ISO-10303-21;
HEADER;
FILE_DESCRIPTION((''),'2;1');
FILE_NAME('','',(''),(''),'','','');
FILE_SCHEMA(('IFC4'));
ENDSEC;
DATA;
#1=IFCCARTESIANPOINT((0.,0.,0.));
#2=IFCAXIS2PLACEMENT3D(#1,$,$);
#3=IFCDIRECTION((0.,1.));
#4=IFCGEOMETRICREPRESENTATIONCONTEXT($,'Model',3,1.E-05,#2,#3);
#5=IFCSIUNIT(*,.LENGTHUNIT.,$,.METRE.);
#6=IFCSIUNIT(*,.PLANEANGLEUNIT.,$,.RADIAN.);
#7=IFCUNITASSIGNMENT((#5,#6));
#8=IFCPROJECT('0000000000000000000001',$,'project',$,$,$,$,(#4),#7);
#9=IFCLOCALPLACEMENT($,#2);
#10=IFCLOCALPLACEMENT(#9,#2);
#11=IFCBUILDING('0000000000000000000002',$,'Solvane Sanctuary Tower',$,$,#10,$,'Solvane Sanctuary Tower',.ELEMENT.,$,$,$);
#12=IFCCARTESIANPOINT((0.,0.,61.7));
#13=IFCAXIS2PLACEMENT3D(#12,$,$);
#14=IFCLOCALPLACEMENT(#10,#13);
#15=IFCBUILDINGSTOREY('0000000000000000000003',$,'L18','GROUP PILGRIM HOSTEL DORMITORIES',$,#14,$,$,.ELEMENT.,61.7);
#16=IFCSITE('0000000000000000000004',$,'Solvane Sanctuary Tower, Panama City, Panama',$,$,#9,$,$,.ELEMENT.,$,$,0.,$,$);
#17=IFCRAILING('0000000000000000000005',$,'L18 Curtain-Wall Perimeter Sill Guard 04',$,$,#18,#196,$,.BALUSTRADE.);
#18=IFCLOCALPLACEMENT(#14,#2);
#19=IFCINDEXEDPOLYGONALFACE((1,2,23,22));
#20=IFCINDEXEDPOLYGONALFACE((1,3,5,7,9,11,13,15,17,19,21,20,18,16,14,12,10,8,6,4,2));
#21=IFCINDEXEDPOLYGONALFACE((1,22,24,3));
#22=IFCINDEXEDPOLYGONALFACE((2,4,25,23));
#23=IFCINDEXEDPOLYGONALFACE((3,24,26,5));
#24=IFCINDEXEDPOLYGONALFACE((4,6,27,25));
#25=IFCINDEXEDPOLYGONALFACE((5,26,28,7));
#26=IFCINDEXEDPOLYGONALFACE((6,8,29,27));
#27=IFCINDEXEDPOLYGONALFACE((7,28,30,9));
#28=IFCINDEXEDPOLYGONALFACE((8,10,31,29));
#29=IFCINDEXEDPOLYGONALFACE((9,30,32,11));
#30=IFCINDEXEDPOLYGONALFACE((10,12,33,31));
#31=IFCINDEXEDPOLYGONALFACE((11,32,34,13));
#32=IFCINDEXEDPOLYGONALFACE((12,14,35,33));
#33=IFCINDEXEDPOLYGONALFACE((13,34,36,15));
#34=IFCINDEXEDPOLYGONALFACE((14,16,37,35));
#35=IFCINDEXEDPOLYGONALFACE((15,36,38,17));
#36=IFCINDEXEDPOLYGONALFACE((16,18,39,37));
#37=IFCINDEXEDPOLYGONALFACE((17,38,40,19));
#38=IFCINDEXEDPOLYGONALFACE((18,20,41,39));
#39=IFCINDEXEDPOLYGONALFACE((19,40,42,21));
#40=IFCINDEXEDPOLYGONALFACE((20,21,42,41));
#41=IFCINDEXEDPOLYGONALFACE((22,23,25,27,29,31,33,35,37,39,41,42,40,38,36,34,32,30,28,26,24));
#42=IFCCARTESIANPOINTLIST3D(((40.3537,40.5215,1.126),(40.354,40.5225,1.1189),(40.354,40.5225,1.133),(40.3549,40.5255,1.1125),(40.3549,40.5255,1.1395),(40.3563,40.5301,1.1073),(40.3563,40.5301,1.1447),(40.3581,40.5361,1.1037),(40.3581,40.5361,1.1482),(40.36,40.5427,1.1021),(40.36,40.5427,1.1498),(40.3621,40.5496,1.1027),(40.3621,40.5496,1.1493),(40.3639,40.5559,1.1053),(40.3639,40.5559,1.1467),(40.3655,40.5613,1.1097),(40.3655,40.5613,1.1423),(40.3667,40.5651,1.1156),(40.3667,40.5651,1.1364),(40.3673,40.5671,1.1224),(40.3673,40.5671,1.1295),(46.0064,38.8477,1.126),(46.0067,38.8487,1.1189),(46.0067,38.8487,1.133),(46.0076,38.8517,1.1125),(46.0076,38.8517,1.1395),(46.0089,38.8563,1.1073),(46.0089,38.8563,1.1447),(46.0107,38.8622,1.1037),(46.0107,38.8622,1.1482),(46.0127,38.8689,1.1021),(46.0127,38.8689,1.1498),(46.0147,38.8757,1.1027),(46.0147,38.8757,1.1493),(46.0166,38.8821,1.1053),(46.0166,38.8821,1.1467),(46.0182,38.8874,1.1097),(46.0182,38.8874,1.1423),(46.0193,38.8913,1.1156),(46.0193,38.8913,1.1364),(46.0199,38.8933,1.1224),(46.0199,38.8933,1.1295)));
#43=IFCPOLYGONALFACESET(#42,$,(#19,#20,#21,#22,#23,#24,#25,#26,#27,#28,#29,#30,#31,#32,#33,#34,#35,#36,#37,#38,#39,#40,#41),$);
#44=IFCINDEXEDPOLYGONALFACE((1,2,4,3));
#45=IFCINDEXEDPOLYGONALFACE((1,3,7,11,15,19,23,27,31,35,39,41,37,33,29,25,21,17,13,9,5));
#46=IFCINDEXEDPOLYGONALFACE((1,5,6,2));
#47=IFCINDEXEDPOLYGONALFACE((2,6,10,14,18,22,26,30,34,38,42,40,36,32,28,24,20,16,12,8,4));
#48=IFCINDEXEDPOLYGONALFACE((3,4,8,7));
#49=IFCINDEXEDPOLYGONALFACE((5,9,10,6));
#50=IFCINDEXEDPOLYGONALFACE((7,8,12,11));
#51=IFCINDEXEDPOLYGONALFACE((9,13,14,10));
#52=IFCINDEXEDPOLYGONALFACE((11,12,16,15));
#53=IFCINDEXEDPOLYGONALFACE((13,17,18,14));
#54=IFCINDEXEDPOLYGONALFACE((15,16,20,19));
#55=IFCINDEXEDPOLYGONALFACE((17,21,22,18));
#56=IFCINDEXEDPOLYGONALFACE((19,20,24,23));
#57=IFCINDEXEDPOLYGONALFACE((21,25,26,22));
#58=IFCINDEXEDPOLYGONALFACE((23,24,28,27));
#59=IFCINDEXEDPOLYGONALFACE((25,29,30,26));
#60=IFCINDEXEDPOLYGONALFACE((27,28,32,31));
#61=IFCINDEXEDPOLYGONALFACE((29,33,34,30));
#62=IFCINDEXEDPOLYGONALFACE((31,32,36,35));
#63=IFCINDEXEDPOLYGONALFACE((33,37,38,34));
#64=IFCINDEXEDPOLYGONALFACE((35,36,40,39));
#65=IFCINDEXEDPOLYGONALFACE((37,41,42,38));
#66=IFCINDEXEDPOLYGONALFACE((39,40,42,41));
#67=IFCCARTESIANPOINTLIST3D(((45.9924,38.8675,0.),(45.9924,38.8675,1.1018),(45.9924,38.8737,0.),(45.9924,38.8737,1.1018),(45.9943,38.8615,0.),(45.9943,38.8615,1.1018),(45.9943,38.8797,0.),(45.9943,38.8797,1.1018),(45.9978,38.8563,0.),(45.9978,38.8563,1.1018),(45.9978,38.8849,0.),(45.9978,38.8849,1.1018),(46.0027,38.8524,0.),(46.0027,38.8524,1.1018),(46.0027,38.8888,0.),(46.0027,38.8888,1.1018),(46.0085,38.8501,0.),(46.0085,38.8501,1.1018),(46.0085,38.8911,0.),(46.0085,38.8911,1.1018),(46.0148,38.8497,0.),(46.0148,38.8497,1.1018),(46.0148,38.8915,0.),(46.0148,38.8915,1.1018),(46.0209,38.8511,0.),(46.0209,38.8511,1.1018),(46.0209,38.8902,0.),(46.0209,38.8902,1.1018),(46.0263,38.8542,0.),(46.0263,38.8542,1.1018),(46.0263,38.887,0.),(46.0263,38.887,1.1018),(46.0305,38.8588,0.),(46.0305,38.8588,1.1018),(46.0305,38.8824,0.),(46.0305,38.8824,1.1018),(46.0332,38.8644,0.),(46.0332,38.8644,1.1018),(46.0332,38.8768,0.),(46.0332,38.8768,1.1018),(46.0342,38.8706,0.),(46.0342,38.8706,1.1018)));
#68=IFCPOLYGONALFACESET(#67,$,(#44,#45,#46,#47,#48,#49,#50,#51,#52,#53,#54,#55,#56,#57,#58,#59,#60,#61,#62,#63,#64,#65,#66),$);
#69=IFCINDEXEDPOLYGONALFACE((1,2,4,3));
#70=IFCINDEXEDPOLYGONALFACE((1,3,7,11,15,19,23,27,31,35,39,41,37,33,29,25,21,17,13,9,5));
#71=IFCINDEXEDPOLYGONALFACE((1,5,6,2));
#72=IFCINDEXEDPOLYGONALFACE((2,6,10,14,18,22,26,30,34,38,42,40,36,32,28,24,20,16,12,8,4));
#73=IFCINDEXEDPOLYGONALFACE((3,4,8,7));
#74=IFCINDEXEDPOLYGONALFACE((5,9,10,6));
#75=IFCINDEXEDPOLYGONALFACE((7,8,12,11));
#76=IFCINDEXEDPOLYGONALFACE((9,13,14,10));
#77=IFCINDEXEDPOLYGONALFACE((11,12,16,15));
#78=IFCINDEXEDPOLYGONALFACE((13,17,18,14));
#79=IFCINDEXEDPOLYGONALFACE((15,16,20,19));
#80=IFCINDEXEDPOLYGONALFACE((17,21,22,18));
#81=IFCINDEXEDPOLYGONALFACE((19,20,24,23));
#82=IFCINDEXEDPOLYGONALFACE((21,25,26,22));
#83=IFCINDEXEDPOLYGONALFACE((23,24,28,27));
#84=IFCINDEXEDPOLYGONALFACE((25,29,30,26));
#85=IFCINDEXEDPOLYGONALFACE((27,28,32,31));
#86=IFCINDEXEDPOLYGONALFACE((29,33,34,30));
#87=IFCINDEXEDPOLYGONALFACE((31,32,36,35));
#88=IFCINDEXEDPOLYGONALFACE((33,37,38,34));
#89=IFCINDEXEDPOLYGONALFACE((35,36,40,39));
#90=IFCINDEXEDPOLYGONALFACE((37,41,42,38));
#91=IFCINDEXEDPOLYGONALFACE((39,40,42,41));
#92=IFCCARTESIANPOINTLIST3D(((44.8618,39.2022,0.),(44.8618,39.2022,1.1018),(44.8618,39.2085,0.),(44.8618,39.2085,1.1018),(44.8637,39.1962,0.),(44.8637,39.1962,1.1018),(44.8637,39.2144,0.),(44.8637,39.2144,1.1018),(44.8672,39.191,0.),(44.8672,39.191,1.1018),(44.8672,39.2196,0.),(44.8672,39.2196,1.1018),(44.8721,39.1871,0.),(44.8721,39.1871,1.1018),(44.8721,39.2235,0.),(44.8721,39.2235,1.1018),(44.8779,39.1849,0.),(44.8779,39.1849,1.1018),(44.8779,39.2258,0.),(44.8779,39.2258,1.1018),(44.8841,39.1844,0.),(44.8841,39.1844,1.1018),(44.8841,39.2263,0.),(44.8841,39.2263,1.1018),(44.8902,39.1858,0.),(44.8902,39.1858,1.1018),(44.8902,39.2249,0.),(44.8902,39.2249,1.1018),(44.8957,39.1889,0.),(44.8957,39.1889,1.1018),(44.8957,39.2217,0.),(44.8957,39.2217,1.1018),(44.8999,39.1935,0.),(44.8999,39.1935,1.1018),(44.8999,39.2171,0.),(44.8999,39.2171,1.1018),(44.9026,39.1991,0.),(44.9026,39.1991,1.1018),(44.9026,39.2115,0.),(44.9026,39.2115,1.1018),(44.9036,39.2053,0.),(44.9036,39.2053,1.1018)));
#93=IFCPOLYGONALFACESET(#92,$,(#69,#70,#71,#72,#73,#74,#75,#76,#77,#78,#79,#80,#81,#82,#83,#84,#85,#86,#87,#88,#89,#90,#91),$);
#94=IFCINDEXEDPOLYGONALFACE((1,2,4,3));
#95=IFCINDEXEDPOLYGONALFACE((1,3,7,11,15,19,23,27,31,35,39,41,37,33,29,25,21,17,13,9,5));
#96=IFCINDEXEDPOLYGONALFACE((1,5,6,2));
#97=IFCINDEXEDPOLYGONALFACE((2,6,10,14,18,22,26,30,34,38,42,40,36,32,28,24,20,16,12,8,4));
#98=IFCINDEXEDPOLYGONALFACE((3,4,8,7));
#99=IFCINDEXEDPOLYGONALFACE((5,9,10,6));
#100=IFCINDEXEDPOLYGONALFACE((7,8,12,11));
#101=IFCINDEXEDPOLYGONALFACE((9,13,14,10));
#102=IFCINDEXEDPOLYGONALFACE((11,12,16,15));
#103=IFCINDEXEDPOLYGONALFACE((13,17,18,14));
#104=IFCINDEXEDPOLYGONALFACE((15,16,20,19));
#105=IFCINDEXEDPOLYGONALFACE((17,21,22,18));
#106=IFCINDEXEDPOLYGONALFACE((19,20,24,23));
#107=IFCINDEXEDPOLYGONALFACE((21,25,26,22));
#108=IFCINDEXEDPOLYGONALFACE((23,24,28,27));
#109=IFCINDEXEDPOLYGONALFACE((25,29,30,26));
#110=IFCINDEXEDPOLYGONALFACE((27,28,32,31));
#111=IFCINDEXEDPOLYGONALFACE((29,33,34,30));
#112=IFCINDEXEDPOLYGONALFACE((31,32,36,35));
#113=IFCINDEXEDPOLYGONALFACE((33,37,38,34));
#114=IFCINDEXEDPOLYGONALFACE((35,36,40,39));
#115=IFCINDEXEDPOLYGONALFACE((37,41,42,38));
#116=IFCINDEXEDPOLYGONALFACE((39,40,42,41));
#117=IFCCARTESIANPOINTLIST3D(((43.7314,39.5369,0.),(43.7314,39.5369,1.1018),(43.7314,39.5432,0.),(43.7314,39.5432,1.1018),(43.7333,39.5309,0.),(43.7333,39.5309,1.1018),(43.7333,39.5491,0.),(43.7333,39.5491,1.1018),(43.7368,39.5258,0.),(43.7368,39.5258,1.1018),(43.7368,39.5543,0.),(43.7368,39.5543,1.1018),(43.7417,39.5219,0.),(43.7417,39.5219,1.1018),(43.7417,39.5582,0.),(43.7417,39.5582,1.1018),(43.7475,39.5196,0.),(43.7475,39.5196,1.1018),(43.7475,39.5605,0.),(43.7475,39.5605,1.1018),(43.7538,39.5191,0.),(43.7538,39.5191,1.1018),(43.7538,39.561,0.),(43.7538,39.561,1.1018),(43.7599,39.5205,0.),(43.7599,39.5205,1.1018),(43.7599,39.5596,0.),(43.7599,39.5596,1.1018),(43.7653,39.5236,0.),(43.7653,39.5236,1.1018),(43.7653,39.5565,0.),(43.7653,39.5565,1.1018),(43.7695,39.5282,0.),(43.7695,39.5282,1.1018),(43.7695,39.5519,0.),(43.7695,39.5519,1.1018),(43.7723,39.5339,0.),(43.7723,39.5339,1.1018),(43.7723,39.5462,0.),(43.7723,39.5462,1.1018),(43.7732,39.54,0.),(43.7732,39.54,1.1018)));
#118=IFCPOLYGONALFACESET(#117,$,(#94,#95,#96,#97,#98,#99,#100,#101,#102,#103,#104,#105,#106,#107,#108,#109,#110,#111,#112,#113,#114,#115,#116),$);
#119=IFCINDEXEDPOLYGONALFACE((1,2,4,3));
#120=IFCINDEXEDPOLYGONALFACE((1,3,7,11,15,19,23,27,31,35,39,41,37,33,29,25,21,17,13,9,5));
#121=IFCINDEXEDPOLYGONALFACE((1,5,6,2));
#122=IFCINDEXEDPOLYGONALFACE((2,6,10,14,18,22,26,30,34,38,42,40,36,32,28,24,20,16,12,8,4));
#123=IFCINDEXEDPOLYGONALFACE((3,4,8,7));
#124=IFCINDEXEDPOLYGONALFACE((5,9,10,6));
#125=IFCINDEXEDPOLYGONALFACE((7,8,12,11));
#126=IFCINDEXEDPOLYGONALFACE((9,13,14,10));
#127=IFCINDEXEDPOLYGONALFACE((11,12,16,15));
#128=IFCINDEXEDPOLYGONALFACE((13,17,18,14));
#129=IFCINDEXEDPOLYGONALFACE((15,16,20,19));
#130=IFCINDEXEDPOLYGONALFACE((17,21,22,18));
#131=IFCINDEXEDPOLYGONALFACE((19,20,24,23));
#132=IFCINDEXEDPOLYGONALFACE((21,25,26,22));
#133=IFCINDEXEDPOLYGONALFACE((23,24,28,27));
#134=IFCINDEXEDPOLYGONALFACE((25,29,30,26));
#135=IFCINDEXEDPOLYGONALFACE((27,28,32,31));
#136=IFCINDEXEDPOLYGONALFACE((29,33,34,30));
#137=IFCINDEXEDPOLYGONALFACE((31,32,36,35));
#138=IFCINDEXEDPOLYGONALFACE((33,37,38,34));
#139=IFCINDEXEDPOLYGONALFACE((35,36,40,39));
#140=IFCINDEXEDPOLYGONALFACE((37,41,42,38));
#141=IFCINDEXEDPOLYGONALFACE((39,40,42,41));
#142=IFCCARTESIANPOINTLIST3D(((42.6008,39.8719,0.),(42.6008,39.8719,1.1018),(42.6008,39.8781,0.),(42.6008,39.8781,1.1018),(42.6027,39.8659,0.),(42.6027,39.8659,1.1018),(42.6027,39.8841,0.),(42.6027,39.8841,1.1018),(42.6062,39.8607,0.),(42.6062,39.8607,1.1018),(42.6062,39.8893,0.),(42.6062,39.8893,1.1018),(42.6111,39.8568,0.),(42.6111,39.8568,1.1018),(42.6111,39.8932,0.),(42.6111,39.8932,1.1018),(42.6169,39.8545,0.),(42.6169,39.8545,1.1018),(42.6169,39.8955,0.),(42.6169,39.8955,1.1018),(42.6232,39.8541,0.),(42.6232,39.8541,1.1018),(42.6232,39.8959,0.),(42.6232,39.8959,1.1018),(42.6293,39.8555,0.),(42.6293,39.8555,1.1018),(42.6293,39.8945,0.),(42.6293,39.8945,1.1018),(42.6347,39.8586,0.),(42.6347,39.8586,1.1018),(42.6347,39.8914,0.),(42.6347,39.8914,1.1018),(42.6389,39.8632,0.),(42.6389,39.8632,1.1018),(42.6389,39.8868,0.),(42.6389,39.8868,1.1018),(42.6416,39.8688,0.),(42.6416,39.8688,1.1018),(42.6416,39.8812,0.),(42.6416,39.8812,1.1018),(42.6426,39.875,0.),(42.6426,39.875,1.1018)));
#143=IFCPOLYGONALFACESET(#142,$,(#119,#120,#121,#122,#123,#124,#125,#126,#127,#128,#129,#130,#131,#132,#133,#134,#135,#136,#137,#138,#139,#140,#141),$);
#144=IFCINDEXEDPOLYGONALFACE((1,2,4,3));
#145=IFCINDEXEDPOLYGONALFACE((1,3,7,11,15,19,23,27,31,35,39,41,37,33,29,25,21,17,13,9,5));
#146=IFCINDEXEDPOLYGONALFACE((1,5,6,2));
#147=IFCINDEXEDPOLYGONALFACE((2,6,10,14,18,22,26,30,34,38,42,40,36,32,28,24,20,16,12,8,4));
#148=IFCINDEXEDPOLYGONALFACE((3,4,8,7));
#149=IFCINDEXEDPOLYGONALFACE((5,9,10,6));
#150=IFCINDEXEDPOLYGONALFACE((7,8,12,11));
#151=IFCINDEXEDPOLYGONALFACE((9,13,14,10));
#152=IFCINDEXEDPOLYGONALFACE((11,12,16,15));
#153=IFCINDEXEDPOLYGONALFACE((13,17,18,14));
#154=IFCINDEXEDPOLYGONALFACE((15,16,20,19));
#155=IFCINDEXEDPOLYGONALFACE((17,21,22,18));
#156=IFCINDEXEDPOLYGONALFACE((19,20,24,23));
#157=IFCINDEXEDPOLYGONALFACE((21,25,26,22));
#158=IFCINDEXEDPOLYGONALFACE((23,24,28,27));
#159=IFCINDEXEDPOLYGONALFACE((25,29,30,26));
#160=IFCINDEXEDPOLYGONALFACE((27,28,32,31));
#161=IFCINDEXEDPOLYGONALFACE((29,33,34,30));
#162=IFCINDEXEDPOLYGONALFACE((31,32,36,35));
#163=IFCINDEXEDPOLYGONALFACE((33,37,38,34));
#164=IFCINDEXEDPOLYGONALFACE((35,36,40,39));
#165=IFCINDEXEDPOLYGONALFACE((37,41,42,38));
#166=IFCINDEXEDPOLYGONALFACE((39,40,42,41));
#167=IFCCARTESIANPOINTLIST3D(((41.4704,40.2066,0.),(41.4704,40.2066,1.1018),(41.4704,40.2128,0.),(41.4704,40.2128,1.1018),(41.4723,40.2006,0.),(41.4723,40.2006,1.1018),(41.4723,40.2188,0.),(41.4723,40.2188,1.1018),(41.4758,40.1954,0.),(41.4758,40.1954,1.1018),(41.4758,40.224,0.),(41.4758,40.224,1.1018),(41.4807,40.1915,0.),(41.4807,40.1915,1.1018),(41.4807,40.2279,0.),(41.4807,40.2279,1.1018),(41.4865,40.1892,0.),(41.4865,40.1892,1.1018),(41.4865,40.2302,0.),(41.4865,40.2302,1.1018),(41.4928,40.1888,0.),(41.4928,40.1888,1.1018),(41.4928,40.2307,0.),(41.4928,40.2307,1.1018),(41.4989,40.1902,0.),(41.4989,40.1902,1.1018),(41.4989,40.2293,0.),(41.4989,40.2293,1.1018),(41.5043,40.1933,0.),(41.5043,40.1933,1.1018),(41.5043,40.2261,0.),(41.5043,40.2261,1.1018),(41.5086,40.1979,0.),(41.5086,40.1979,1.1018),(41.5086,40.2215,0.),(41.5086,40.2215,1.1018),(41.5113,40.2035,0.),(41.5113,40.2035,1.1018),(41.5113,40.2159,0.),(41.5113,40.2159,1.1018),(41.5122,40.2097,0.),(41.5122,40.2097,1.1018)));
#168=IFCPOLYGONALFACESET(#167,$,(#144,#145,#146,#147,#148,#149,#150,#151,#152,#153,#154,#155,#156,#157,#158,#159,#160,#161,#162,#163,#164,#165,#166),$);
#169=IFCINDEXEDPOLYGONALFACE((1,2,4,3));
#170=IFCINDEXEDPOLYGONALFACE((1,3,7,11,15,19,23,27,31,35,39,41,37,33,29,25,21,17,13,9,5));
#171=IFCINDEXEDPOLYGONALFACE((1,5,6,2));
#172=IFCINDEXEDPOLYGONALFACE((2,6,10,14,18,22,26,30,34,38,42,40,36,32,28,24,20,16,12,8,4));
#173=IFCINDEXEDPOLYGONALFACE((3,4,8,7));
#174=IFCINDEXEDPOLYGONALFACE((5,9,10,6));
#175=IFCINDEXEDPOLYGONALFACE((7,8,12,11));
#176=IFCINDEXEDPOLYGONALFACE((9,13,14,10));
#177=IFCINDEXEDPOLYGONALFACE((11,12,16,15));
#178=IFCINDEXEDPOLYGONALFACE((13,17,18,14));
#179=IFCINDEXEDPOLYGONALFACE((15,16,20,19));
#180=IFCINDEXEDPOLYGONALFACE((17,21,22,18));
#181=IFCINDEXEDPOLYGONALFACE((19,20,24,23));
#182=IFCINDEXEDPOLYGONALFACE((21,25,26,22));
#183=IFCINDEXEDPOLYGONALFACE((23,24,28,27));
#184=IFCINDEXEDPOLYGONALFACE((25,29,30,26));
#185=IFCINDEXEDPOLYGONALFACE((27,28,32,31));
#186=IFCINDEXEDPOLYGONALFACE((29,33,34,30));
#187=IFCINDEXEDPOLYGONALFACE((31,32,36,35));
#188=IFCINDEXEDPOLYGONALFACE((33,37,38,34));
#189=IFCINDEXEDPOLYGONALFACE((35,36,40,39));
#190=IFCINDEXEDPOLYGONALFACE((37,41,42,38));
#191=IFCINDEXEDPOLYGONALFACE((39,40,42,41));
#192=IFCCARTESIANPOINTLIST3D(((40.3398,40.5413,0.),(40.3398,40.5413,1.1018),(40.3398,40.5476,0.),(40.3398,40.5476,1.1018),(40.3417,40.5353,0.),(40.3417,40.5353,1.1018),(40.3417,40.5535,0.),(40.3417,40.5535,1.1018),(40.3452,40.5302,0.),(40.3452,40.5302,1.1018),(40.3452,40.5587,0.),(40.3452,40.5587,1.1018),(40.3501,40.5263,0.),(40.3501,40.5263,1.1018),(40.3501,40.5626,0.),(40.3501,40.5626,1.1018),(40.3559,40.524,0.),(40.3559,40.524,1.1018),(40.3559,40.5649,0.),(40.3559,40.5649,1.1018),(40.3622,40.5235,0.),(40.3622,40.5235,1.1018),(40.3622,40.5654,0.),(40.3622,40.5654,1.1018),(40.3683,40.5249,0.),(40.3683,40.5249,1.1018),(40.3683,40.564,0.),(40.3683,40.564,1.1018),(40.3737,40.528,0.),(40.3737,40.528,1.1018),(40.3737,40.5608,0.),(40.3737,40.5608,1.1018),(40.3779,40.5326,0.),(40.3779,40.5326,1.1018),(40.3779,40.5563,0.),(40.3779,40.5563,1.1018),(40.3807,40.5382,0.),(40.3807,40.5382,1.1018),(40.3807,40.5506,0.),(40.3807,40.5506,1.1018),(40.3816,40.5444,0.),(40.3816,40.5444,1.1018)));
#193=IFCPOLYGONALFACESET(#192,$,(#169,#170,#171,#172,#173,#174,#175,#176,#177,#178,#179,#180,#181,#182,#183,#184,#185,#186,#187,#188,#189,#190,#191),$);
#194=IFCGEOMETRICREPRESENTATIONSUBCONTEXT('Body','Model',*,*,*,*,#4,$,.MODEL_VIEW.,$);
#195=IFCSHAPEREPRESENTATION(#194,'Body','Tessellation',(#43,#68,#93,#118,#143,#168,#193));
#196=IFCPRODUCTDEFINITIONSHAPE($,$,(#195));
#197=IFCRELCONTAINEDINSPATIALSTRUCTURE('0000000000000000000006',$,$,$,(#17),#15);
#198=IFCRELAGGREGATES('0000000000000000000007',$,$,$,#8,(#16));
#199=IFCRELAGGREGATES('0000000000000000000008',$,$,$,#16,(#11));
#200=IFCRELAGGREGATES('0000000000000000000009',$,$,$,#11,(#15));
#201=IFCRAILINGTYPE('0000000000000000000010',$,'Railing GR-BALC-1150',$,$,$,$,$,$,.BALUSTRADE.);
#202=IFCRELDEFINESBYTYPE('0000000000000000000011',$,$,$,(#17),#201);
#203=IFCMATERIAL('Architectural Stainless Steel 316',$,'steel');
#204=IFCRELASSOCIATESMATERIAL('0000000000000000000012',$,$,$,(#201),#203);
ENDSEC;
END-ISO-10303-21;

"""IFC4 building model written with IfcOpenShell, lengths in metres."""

from ifc_helpers import new_model, si_unit, direction, frame, origin, origin_2d, place, context, subcontext, project, spatial, circle, extrude, material, type_object, element, save


model = new_model("IFC4")

# Units and contexts
model_context = context("Model", 3, precision=1e-05, world=origin(), true_north=direction((0.0, 1.0)))
body_context = subcontext(model_context, "Body", "Model", "MODEL_VIEW")
ifc_project = project(units=[si_unit("LENGTHUNIT", "METRE"), si_unit("PLANEANGLEUNIT", "RADIAN")], contexts=[model_context])

# Site, building, storey
site_placement = place(None, origin())
site = spatial("IfcSite", under=ifc_project, at=site_placement, Name="Solvane Sanctuary Tower, Panama City, Panama", CompositionType="ELEMENT", RefElevation=0.0)
building_placement = place(site_placement, origin())
building = spatial("IfcBuilding", under=site, at=building_placement, Name="Solvane Sanctuary Tower", LongName="Solvane Sanctuary Tower", CompositionType="ELEMENT")
storey_placement = place(building_placement, frame((0.0, 0.0, 61.7)))
storey = spatial("IfcBuildingStorey", under=building, at=storey_placement, Name="L18", Description="GROUP PILGRIM HOSTEL DORMITORIES", CompositionType="ELEMENT", Elevation=61.7)

# Shared definitions
ifc_material_1 = material(Name="Architectural Stainless Steel 316", Category="steel")

# Railing
railing_type = type_object("IfcRailingType", Name="Railing GR-BALC-1150", PredefinedType="BALUSTRADE", material=ifc_material_1)
railing_placement = place(storey_placement, frame((46.0132, 38.8706, 0.0)))
element("IfcRailing", 1, at=railing_placement, inside=storey, type_object=railing_type, Name="L18 Curtain-Wall Perimeter Sill Guard 04", PredefinedType="BALUSTRADE", context=body_context, shape_type="SweptSolid", body=[
    extrude(circle(Radius=0.0239, at=origin_2d()), frame((0.0, 0.0, 1.126), z_axis=(-0.958845, 0.28393, 0.0), x_axis=(-0.28393, -0.958845, 0.0)), (0.0, 0.0, 1.0), 5.8953),
    extrude(circle(Radius=0.021, at=origin_2d()), origin(), (0.0, 0.0, 1.0), 1.1018),
    extrude(circle(Radius=0.021, at=origin_2d()), frame((-1.1306, 0.3347, 0.0)), (0.0, 0.0, 1.0), 1.1018),
    extrude(circle(Radius=0.021, at=origin_2d()), frame((-2.261, 0.6694, 0.0)), (0.0, 0.0, 1.0), 1.1018),
    extrude(circle(Radius=0.021, at=origin_2d()), frame((-3.3916, 1.0044, 0.0)), (0.0, 0.0, 1.0), 1.1018),
    extrude(circle(Radius=0.021, at=origin_2d()), frame((-4.522, 1.3391, 0.0)), (0.0, 0.0, 1.0), 1.1018),
    extrude(circle(Radius=0.021, at=origin_2d()), frame((-5.6526, 1.6738, 0.0)), (0.0, 0.0, 1.0), 1.1018),
])

save(model, "model.ifc")
